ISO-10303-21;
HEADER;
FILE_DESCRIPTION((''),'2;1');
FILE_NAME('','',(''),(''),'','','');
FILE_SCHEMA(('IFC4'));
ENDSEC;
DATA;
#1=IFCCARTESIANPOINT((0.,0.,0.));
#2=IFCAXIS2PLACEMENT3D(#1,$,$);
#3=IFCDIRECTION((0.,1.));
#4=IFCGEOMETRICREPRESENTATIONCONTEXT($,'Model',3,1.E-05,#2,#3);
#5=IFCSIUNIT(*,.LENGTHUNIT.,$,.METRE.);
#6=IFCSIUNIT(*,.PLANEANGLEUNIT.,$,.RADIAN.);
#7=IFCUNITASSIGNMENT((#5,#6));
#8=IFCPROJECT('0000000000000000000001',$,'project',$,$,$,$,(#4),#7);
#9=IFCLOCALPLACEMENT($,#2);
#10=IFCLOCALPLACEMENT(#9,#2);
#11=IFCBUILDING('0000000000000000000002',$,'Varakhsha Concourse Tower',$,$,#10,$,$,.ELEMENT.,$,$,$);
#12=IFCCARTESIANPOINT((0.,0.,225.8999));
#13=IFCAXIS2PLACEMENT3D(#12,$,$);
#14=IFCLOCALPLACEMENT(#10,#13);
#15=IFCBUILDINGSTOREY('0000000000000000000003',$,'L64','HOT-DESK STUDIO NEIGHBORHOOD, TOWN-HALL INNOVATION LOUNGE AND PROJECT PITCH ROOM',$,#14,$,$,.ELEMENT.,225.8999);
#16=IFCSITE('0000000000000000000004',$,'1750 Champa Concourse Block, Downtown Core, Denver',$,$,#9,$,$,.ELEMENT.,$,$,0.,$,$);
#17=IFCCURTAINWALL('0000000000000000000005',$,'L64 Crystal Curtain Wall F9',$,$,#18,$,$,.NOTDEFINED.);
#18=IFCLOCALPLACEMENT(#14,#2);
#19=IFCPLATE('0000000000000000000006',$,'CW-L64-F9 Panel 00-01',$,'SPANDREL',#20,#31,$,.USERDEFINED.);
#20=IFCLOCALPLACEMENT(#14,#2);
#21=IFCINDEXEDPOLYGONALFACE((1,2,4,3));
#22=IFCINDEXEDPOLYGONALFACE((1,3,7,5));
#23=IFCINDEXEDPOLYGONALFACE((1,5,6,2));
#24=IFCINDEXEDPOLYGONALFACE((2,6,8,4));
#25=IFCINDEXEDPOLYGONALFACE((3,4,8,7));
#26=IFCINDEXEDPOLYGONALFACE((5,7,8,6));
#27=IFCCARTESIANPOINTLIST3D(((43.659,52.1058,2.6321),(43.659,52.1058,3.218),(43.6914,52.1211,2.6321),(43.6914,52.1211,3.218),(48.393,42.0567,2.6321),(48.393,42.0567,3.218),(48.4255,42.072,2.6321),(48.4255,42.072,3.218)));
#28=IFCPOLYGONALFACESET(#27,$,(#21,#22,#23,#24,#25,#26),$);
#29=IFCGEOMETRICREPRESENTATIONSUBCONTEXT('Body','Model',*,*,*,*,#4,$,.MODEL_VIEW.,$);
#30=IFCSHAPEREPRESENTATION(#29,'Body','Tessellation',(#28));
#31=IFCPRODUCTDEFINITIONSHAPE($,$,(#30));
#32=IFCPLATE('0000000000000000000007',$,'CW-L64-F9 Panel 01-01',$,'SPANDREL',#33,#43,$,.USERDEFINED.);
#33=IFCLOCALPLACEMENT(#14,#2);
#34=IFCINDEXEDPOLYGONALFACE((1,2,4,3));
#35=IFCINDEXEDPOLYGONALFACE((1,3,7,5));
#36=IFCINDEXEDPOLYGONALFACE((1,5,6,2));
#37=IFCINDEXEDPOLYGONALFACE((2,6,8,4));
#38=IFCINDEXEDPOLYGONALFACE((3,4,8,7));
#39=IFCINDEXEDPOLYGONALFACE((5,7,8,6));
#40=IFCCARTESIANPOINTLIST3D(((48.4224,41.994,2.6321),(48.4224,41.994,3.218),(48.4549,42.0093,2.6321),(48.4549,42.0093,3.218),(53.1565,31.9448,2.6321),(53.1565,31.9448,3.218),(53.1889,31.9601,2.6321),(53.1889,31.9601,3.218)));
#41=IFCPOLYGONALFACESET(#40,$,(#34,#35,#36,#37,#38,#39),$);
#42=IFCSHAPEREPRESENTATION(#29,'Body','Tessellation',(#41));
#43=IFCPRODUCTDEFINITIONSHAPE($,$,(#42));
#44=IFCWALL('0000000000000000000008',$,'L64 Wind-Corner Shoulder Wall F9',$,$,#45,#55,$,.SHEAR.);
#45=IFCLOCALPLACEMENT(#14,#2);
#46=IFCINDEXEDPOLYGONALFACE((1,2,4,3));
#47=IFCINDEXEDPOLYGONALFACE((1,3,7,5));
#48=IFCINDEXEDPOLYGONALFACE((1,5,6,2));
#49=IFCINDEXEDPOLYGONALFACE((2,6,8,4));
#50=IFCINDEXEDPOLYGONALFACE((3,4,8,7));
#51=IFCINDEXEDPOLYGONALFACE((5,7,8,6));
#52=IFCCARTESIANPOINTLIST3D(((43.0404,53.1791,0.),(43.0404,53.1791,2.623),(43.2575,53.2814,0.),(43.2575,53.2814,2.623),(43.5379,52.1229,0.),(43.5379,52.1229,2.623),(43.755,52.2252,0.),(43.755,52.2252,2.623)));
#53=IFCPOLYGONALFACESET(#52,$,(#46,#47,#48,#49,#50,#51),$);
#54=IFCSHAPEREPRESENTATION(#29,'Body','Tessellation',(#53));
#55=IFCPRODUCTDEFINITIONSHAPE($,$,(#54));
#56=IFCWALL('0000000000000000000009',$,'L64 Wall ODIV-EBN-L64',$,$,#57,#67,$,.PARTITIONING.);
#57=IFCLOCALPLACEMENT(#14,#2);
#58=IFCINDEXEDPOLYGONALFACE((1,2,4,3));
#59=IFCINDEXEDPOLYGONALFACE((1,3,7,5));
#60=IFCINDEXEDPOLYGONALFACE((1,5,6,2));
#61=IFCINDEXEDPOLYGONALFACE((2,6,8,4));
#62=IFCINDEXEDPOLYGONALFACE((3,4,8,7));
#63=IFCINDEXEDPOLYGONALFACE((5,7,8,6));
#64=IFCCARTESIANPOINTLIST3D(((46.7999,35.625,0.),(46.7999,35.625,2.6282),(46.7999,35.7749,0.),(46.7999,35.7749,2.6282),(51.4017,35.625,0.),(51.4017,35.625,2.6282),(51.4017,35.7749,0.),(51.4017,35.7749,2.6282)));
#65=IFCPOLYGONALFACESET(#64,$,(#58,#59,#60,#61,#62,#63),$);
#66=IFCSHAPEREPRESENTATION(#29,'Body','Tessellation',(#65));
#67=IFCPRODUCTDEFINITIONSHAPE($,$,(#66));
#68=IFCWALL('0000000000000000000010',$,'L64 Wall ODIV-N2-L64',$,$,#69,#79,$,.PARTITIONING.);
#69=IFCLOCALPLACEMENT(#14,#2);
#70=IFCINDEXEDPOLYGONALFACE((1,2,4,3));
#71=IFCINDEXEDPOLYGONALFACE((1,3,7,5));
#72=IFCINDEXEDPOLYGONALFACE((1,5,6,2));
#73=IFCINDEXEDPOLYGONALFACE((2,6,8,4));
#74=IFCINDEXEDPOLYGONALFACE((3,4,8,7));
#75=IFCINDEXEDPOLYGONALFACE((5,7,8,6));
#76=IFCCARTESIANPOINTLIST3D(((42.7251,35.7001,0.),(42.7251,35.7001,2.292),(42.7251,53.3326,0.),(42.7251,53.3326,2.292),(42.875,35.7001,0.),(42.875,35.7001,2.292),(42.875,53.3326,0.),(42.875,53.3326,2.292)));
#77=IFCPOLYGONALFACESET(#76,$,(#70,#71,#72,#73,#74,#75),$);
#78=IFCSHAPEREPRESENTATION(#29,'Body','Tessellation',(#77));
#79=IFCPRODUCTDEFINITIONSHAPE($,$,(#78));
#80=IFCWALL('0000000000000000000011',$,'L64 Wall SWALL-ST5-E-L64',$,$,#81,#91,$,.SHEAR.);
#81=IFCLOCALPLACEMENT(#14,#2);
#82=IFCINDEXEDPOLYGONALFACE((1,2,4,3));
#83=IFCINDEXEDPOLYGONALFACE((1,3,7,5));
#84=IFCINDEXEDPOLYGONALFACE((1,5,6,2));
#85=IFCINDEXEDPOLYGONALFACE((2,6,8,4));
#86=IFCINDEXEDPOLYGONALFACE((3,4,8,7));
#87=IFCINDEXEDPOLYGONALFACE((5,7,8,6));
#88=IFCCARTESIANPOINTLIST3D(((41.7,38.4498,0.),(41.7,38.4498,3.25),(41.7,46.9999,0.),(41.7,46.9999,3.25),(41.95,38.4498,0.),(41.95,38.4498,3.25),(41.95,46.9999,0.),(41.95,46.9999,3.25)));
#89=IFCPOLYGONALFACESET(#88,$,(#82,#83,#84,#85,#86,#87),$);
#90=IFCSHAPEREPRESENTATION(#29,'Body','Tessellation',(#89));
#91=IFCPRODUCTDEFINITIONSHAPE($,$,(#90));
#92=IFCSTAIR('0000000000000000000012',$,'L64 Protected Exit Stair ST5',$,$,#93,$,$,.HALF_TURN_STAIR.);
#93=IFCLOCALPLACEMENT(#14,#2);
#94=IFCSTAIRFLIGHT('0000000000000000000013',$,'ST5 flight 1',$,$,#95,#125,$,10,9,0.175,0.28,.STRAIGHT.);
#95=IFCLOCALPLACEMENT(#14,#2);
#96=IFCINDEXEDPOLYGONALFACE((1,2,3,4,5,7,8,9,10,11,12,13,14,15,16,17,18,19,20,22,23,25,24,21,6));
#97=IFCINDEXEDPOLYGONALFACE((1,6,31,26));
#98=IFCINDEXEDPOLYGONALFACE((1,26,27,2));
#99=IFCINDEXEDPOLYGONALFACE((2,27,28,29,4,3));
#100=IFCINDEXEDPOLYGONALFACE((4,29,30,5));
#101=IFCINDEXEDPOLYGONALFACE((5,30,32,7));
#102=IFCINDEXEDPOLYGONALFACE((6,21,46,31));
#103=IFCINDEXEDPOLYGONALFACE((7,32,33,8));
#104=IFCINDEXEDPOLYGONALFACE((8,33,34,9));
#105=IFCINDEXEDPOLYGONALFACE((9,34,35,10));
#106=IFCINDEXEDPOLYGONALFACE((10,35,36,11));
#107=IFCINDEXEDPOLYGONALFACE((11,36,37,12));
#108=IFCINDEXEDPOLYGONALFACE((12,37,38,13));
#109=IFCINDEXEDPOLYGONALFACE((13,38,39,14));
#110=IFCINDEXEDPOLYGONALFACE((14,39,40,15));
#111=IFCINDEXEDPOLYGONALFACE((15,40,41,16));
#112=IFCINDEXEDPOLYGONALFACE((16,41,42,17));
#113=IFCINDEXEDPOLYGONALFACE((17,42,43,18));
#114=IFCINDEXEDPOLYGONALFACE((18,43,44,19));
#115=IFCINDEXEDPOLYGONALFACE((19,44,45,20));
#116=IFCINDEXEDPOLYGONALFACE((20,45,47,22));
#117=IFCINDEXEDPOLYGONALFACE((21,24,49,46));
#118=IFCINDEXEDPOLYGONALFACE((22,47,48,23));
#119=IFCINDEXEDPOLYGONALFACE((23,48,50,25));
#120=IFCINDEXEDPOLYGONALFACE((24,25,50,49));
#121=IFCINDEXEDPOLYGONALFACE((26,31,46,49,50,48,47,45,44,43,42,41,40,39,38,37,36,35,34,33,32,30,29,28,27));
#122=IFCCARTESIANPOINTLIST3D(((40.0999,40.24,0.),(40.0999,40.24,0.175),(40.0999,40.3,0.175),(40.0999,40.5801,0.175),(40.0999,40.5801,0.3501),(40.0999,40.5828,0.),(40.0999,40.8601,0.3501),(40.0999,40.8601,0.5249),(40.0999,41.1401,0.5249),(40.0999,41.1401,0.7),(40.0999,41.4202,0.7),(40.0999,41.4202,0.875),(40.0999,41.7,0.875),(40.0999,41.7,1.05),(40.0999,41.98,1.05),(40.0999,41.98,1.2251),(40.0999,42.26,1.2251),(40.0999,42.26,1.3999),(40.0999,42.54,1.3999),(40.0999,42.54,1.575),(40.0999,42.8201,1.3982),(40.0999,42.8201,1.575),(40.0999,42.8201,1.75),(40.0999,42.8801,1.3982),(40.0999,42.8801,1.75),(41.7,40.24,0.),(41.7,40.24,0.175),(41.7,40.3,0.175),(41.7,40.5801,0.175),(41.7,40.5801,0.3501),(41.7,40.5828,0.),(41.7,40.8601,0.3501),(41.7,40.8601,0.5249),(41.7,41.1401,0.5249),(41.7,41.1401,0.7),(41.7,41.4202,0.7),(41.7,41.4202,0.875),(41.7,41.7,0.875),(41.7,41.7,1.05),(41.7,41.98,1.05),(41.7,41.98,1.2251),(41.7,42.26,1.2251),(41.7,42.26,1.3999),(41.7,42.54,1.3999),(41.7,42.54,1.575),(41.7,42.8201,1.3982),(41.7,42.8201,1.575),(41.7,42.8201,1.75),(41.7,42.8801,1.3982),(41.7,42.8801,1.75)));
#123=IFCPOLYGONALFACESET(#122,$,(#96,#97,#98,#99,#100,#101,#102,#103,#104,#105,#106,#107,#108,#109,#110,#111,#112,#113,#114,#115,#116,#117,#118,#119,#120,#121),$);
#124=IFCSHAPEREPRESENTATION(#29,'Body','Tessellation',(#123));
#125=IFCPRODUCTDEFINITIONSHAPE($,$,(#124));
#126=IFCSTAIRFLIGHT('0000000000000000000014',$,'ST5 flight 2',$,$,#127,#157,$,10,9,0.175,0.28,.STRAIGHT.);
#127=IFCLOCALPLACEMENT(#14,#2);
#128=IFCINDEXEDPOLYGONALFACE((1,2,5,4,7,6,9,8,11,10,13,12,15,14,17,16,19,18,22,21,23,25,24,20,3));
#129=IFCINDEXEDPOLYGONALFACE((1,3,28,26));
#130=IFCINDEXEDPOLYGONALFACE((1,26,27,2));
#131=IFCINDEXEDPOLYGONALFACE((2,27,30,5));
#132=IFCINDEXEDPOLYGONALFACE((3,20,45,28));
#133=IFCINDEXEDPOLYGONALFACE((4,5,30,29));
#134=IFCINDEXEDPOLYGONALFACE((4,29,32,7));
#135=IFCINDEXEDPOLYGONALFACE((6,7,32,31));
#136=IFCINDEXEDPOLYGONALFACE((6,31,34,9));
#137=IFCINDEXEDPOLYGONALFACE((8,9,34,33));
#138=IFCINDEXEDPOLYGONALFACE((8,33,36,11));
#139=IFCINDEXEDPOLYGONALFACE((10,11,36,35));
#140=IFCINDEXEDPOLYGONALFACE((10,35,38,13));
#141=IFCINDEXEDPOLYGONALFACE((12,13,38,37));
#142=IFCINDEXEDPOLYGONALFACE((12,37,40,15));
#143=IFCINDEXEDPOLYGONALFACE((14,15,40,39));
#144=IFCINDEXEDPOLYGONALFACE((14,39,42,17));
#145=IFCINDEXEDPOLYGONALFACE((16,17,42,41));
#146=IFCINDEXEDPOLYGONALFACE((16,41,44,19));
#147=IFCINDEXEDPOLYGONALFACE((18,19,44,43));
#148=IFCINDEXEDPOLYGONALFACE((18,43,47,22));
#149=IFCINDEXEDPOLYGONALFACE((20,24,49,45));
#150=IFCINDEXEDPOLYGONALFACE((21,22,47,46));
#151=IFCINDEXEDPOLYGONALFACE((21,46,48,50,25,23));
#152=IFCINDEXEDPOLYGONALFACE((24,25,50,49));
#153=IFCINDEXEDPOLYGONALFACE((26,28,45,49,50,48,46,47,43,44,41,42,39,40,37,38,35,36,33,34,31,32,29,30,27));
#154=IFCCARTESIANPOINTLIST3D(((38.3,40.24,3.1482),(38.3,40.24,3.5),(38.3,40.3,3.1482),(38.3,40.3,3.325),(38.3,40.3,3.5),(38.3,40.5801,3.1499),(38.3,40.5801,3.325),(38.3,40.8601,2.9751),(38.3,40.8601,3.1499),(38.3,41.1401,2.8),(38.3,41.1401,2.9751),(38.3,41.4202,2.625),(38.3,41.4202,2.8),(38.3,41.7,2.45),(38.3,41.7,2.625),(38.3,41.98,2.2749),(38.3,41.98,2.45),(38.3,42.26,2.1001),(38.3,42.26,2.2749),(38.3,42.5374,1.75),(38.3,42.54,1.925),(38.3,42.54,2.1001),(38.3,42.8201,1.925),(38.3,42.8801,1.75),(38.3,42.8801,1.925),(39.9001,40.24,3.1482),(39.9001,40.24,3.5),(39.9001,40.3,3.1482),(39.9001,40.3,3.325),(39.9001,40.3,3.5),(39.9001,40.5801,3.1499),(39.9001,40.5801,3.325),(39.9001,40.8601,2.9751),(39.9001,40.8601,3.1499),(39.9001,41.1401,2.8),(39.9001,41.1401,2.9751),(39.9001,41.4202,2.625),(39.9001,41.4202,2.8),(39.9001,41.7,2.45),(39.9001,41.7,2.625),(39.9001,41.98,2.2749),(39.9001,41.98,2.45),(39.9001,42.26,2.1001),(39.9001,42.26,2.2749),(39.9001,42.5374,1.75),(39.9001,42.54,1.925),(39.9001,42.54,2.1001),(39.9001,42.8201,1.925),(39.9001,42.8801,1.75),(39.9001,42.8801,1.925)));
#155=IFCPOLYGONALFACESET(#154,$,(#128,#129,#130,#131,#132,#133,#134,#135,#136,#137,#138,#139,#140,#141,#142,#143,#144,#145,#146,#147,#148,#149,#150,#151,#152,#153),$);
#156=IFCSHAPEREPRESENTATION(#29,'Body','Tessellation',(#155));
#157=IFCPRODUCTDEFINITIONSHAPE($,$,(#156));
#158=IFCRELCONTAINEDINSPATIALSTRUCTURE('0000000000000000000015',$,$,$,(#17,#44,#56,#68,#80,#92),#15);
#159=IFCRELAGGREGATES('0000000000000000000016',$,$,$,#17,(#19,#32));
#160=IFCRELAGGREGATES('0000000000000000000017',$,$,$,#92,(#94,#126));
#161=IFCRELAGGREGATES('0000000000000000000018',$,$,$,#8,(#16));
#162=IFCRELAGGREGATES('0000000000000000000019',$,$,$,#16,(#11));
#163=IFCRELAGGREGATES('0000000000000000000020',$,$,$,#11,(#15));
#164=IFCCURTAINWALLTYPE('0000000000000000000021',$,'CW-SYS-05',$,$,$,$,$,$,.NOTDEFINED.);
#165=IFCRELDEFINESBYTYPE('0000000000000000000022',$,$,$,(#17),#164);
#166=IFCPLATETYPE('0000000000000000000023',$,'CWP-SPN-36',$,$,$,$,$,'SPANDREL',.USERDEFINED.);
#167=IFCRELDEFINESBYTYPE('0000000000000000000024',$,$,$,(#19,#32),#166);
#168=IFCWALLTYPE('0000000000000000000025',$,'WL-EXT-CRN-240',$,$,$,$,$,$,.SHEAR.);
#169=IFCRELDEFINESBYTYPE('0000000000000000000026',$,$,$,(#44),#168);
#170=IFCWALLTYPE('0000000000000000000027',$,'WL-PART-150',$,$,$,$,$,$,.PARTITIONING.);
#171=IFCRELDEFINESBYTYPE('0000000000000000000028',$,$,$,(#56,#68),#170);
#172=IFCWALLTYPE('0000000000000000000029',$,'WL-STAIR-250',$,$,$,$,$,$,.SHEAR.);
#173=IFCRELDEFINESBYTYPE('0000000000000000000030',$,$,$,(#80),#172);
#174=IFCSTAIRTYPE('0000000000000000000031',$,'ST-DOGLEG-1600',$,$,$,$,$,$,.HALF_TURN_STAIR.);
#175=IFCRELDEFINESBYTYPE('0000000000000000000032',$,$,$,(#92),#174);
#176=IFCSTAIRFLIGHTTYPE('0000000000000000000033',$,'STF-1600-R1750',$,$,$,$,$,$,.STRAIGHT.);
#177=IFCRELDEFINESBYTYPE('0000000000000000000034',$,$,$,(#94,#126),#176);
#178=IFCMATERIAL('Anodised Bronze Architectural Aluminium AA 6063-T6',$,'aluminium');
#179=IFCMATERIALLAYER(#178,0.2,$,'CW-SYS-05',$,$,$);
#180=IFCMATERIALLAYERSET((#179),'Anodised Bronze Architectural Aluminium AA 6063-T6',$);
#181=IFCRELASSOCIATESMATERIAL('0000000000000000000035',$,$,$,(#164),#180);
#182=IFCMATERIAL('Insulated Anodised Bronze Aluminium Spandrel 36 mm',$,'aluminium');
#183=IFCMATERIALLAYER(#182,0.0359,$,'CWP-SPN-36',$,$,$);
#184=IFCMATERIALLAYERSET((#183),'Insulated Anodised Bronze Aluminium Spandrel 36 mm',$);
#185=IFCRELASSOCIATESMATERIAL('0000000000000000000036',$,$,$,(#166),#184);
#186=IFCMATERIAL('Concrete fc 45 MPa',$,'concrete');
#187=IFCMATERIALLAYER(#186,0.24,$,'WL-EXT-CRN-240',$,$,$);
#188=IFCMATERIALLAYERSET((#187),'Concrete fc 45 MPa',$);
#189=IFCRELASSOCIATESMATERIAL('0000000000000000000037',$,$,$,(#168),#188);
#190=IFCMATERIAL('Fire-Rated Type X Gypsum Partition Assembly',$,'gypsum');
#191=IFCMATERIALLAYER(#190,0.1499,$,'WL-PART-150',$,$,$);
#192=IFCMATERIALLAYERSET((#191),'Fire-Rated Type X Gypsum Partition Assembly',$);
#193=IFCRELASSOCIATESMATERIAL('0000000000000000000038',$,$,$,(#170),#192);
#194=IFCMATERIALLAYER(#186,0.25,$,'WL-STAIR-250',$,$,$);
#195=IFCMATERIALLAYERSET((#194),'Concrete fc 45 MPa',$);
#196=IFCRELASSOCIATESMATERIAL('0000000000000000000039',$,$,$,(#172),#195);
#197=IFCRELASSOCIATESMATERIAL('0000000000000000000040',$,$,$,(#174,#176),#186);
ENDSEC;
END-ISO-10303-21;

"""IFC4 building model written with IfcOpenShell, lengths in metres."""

from ifc_helpers import new_model, si_unit, direction, frame, frame_2d, origin, origin_2d, place, context, subcontext, project, spatial, polyline, rectangle, outline, extrude, source, transform, mapped, material, layer, layer_set, type_object, type_shapes, element, aggregate, save


model = new_model("IFC4")

# Units and contexts
model_context = context("Model", 3, precision=1e-05, world=origin(), true_north=direction((0.0, 1.0)))
body_context = subcontext(model_context, "Body", "Model", "MODEL_VIEW")
ifc_project = project(units=[si_unit("LENGTHUNIT", "METRE"), si_unit("PLANEANGLEUNIT", "RADIAN")], contexts=[model_context])

# Site, building, storey
site_placement = place(None, origin())
site = spatial("IfcSite", under=ifc_project, at=site_placement, Name="1750 Champa Concourse Block, Downtown Core, Denver", CompositionType="ELEMENT", RefElevation=0.0)
building_placement = place(site_placement, origin())
building = spatial("IfcBuilding", under=site, at=building_placement, Name="Varakhsha Concourse Tower", CompositionType="ELEMENT")
storey_placement = place(building_placement, frame((0.0, 0.0, 225.8999)))
storey = spatial("IfcBuildingStorey", under=building, at=storey_placement, Name="L64", Description="HOT-DESK STUDIO NEIGHBORHOOD, TOWN-HALL INNOVATION LOUNGE AND PROJECT PITCH ROOM", CompositionType="ELEMENT", Elevation=225.8999)

# Curtain wall
ifc_material_1 = material(Name="Anodised Bronze Architectural Aluminium AA 6063-T6", Category="aluminium")
ifc_layer_1 = layer(ifc_material_1, 0.2, Name="CW-SYS-05")
ifc_layer_set_1 = layer_set([ifc_layer_1], Name="Anodised Bronze Architectural Aluminium AA 6063-T6")
curtain_wall_type = type_object("IfcCurtainWallType", Name="CW-SYS-05", PredefinedType="NOTDEFINED", material=ifc_layer_set_1)
curtain_wall_placement = place(storey_placement, origin())
curtain_wall = element("IfcCurtainWall", 1, at=curtain_wall_placement, inside=storey, type_object=curtain_wall_type, Name="L64 Crystal Curtain Wall F9", PredefinedType="NOTDEFINED")

# Plates
ifc_material_2 = material(Name="Insulated Anodised Bronze Aluminium Spandrel 36 mm", Category="aluminium")
ifc_layer_2 = layer(ifc_material_2, 0.0359, Name="CWP-SPN-36")
ifc_layer_set_2 = layer_set([ifc_layer_2], Name="Insulated Anodised Bronze Aluminium Spandrel 36 mm")
plate_type_1 = type_object("IfcPlateType", Name="CWP-SPN-36", ElementType="SPANDREL", PredefinedType="USERDEFINED", material=ifc_layer_set_2)
shared_shape_1 = source(origin(), body_context, "Body", "SweptSolid", [
    extrude(rectangle(XDim=11.1084, YDim=0.0359, at=origin_2d()), origin(), (0.0, 0.0, 1.0), 0.5859),
])
type_shapes(plate_type_1, [shared_shape_1])
plate_1_placement = place(storey_placement, frame((46.0422, 47.0889, 2.6321), z_axis=(0.0, 0.0, 1.0), x_axis=(0.426172, -0.904642, 0.0)))
plate_1 = element("IfcPlate", 2, at=plate_1_placement, type_object=plate_type_1, Name="CW-L64-F9 Panel 00-01", ObjectType="SPANDREL", PredefinedType="USERDEFINED", context=body_context, shape_type="MappedRepresentation", body=[
    mapped(shared_shape_1, transform((0.0, 0.0, 0.0), scale=1.0)),
])
plate_2_placement = place(storey_placement, frame((50.8057, 36.9771, 2.6321), z_axis=(0.0, 0.0, 1.0), x_axis=(0.426172, -0.904642, 0.0)))
plate_2 = element("IfcPlate", 3, at=plate_2_placement, type_object=plate_type_1, Name="CW-L64-F9 Panel 01-01", ObjectType="SPANDREL", PredefinedType="USERDEFINED", context=body_context, shape_type="MappedRepresentation", body=[
    mapped(shared_shape_1, transform((0.0, 0.0, 0.0), scale=1.0)),
])
aggregate(curtain_wall, [plate_1, plate_2])

# Walls
ifc_material_3 = material(Name="Concrete fc 45 MPa", Category="concrete")
ifc_layer_3 = layer(ifc_material_3, 0.24, Name="WL-EXT-CRN-240")
ifc_layer_set_3 = layer_set([ifc_layer_3], Name="Concrete fc 45 MPa")
wall_type_1 = type_object("IfcWallType", Name="WL-EXT-CRN-240", PredefinedType="SHEAR", material=ifc_layer_set_3)
wall_1_placement = place(storey_placement, frame((43.6465, 52.1741, 0.0), z_axis=(0.0, 0.0, 1.0), x_axis=(-0.42618, 0.904639, 0.0)))
element("IfcWall", 4, at=wall_1_placement, inside=storey, type_object=wall_type_1, Name="L64 Wind-Corner Shoulder Wall F9", PredefinedType="SHEAR", context=body_context, shape_type="SweptSolid", body=[
    extrude(rectangle(XDim=1.1675, YDim=0.24, at=frame_2d((0.5837, 0.0))), origin(), (0.0, 0.0, 1.0), 2.623),
])
ifc_material_4 = material(Name="Fire-Rated Type X Gypsum Partition Assembly", Category="gypsum")
ifc_layer_4 = layer(ifc_material_4, 0.1499, Name="WL-PART-150")
ifc_layer_set_4 = layer_set([ifc_layer_4], Name="Fire-Rated Type X Gypsum Partition Assembly")
wall_type_2 = type_object("IfcWallType", Name="WL-PART-150", PredefinedType="PARTITIONING", material=ifc_layer_set_4)
wall_2_placement = place(storey_placement, frame((46.8, 35.7, 0.0), z_axis=(0.0, 0.0, 1.0), x_axis=(1.0, 0.0, 0.0)))
element("IfcWall", 5, at=wall_2_placement, inside=storey, type_object=wall_type_2, Name="L64 Wall ODIV-EBN-L64", PredefinedType="PARTITIONING", context=body_context, shape_type="SweptSolid", body=[
    extrude(rectangle(XDim=4.6018, YDim=0.1499, at=frame_2d((2.3008, 0.0))), origin(), (0.0, 0.0, 1.0), 2.6282),
])
wall_3_placement = place(storey_placement, frame((42.8, 35.7, 0.0), z_axis=(0.0, 0.0, 1.0), x_axis=(0.0, 1.0, 0.0)))
element("IfcWall", 6, at=wall_3_placement, inside=storey, type_object=wall_type_2, Name="L64 Wall ODIV-N2-L64", PredefinedType="PARTITIONING", context=body_context, shape_type="SweptSolid", body=[
    extrude(rectangle(XDim=17.6326, YDim=0.1499, at=frame_2d((8.8164, 0.0))), origin(), (0.0, 0.0, 1.0), 2.292),
])
ifc_layer_5 = layer(ifc_material_3, 0.25, Name="WL-STAIR-250")
ifc_layer_set_5 = layer_set([ifc_layer_5], Name="Concrete fc 45 MPa")
wall_type_3 = type_object("IfcWallType", Name="WL-STAIR-250", PredefinedType="SHEAR", material=ifc_layer_set_5)
wall_4_placement = place(storey_placement, frame((41.825, 38.45, 0.0), z_axis=(0.0, 0.0, 1.0), x_axis=(0.0, 1.0, 0.0)))
element("IfcWall", 7, at=wall_4_placement, inside=storey, type_object=wall_type_3, Name="L64 Wall SWALL-ST5-E-L64", PredefinedType="SHEAR", context=body_context, shape_type="SweptSolid", body=[
    extrude(rectangle(XDim=8.55, YDim=0.25, at=frame_2d((4.2749, 0.0))), origin(), (0.0, 0.0, 1.0), 3.25),
])

# Stair, stair flights
stair_type = type_object("IfcStairType", Name="ST-DOGLEG-1600", PredefinedType="HALF_TURN_STAIR", material=ifc_material_3)
stair_placement = place(storey_placement, origin())
stair = element("IfcStair", 8, at=stair_placement, inside=storey, type_object=stair_type, Name="L64 Protected Exit Stair ST5", PredefinedType="HALF_TURN_STAIR")
stair_flight_type = type_object("IfcStairFlightType", Name="STF-1600-R1750", PredefinedType="STRAIGHT", material=ifc_material_3)
stair_flight_1_placement = place(storey_placement, frame((40.8999, 40.3, 0.0), z_axis=(0.0, 0.0, 1.0), x_axis=(0.0, 1.0, 0.0)))
stair_flight_1 = element("IfcStairFlight", 9, at=stair_flight_1_placement, type_object=stair_flight_type, Name="ST5 flight 1", NumberOfRisers=10, NumberOfTreads=9, PredefinedType="STRAIGHT", RiserHeight=0.175, TreadLength=0.28, context=body_context, shape_type="SweptSolid", body=[
    extrude(outline(polyline([(-0.0601, 0.0), (-0.0601, 0.175), (0.0, 0.175), (0.28, 0.175), (0.28, 0.3501), (0.5601, 0.3501), (0.5601, 0.5249), (0.8401, 0.5249), (0.8401, 0.7), (1.1201, 0.7), (1.1201, 0.875), (1.3999, 0.875), (1.3999, 1.05), (1.6799, 1.05), (1.6799, 1.2251), (1.96, 1.2251), (1.96, 1.3999), (2.24, 1.3999), (2.24, 1.575), (2.52, 1.575), (2.52, 1.75), (2.5801, 1.75), (2.5801, 1.3982), (2.52, 1.3982), (0.2827, 0.0), (-0.0601, 0.0)])), frame((0.0, 0.8, 0.0), z_axis=(0.0, -1.0, 0.0), x_axis=(1.0, 0.0, 0.0)), (0.0, 0.0, 1.0), 1.6001),
])
stair_flight_2_placement = place(storey_placement, frame((39.1001, 42.8201, 1.75), z_axis=(0.0, 0.0, 1.0), x_axis=(0.0, -1.0, 0.0)))
stair_flight_2 = element("IfcStairFlight", 10, at=stair_flight_2_placement, type_object=stair_flight_type, Name="ST5 flight 2", NumberOfRisers=10, NumberOfTreads=9, PredefinedType="STRAIGHT", RiserHeight=0.175, TreadLength=0.28, context=body_context, shape_type="SweptSolid", body=[
    extrude(outline(polyline([(-0.0601, 0.0), (-0.0601, 0.175), (0.0, 0.175), (0.28, 0.175), (0.28, 0.3501), (0.5601, 0.3501), (0.5601, 0.5249), (0.8401, 0.5249), (0.8401, 0.7), (1.1201, 0.7), (1.1201, 0.875), (1.3999, 0.875), (1.3999, 1.05), (1.6799, 1.05), (1.6799, 1.2251), (1.96, 1.2251), (1.96, 1.3999), (2.24, 1.3999), (2.24, 1.575), (2.52, 1.575), (2.52, 1.75), (2.5801, 1.75), (2.5801, 1.3982), (2.52, 1.3982), (0.2827, 0.0), (-0.0601, 0.0)])), frame((0.0, 0.8, 0.0), z_axis=(0.0, -1.0, 0.0), x_axis=(1.0, 0.0, 0.0)), (0.0, 0.0, 1.0), 1.6001),
])
aggregate(stair, [stair_flight_1, stair_flight_2])

save(model, "model.ifc")
